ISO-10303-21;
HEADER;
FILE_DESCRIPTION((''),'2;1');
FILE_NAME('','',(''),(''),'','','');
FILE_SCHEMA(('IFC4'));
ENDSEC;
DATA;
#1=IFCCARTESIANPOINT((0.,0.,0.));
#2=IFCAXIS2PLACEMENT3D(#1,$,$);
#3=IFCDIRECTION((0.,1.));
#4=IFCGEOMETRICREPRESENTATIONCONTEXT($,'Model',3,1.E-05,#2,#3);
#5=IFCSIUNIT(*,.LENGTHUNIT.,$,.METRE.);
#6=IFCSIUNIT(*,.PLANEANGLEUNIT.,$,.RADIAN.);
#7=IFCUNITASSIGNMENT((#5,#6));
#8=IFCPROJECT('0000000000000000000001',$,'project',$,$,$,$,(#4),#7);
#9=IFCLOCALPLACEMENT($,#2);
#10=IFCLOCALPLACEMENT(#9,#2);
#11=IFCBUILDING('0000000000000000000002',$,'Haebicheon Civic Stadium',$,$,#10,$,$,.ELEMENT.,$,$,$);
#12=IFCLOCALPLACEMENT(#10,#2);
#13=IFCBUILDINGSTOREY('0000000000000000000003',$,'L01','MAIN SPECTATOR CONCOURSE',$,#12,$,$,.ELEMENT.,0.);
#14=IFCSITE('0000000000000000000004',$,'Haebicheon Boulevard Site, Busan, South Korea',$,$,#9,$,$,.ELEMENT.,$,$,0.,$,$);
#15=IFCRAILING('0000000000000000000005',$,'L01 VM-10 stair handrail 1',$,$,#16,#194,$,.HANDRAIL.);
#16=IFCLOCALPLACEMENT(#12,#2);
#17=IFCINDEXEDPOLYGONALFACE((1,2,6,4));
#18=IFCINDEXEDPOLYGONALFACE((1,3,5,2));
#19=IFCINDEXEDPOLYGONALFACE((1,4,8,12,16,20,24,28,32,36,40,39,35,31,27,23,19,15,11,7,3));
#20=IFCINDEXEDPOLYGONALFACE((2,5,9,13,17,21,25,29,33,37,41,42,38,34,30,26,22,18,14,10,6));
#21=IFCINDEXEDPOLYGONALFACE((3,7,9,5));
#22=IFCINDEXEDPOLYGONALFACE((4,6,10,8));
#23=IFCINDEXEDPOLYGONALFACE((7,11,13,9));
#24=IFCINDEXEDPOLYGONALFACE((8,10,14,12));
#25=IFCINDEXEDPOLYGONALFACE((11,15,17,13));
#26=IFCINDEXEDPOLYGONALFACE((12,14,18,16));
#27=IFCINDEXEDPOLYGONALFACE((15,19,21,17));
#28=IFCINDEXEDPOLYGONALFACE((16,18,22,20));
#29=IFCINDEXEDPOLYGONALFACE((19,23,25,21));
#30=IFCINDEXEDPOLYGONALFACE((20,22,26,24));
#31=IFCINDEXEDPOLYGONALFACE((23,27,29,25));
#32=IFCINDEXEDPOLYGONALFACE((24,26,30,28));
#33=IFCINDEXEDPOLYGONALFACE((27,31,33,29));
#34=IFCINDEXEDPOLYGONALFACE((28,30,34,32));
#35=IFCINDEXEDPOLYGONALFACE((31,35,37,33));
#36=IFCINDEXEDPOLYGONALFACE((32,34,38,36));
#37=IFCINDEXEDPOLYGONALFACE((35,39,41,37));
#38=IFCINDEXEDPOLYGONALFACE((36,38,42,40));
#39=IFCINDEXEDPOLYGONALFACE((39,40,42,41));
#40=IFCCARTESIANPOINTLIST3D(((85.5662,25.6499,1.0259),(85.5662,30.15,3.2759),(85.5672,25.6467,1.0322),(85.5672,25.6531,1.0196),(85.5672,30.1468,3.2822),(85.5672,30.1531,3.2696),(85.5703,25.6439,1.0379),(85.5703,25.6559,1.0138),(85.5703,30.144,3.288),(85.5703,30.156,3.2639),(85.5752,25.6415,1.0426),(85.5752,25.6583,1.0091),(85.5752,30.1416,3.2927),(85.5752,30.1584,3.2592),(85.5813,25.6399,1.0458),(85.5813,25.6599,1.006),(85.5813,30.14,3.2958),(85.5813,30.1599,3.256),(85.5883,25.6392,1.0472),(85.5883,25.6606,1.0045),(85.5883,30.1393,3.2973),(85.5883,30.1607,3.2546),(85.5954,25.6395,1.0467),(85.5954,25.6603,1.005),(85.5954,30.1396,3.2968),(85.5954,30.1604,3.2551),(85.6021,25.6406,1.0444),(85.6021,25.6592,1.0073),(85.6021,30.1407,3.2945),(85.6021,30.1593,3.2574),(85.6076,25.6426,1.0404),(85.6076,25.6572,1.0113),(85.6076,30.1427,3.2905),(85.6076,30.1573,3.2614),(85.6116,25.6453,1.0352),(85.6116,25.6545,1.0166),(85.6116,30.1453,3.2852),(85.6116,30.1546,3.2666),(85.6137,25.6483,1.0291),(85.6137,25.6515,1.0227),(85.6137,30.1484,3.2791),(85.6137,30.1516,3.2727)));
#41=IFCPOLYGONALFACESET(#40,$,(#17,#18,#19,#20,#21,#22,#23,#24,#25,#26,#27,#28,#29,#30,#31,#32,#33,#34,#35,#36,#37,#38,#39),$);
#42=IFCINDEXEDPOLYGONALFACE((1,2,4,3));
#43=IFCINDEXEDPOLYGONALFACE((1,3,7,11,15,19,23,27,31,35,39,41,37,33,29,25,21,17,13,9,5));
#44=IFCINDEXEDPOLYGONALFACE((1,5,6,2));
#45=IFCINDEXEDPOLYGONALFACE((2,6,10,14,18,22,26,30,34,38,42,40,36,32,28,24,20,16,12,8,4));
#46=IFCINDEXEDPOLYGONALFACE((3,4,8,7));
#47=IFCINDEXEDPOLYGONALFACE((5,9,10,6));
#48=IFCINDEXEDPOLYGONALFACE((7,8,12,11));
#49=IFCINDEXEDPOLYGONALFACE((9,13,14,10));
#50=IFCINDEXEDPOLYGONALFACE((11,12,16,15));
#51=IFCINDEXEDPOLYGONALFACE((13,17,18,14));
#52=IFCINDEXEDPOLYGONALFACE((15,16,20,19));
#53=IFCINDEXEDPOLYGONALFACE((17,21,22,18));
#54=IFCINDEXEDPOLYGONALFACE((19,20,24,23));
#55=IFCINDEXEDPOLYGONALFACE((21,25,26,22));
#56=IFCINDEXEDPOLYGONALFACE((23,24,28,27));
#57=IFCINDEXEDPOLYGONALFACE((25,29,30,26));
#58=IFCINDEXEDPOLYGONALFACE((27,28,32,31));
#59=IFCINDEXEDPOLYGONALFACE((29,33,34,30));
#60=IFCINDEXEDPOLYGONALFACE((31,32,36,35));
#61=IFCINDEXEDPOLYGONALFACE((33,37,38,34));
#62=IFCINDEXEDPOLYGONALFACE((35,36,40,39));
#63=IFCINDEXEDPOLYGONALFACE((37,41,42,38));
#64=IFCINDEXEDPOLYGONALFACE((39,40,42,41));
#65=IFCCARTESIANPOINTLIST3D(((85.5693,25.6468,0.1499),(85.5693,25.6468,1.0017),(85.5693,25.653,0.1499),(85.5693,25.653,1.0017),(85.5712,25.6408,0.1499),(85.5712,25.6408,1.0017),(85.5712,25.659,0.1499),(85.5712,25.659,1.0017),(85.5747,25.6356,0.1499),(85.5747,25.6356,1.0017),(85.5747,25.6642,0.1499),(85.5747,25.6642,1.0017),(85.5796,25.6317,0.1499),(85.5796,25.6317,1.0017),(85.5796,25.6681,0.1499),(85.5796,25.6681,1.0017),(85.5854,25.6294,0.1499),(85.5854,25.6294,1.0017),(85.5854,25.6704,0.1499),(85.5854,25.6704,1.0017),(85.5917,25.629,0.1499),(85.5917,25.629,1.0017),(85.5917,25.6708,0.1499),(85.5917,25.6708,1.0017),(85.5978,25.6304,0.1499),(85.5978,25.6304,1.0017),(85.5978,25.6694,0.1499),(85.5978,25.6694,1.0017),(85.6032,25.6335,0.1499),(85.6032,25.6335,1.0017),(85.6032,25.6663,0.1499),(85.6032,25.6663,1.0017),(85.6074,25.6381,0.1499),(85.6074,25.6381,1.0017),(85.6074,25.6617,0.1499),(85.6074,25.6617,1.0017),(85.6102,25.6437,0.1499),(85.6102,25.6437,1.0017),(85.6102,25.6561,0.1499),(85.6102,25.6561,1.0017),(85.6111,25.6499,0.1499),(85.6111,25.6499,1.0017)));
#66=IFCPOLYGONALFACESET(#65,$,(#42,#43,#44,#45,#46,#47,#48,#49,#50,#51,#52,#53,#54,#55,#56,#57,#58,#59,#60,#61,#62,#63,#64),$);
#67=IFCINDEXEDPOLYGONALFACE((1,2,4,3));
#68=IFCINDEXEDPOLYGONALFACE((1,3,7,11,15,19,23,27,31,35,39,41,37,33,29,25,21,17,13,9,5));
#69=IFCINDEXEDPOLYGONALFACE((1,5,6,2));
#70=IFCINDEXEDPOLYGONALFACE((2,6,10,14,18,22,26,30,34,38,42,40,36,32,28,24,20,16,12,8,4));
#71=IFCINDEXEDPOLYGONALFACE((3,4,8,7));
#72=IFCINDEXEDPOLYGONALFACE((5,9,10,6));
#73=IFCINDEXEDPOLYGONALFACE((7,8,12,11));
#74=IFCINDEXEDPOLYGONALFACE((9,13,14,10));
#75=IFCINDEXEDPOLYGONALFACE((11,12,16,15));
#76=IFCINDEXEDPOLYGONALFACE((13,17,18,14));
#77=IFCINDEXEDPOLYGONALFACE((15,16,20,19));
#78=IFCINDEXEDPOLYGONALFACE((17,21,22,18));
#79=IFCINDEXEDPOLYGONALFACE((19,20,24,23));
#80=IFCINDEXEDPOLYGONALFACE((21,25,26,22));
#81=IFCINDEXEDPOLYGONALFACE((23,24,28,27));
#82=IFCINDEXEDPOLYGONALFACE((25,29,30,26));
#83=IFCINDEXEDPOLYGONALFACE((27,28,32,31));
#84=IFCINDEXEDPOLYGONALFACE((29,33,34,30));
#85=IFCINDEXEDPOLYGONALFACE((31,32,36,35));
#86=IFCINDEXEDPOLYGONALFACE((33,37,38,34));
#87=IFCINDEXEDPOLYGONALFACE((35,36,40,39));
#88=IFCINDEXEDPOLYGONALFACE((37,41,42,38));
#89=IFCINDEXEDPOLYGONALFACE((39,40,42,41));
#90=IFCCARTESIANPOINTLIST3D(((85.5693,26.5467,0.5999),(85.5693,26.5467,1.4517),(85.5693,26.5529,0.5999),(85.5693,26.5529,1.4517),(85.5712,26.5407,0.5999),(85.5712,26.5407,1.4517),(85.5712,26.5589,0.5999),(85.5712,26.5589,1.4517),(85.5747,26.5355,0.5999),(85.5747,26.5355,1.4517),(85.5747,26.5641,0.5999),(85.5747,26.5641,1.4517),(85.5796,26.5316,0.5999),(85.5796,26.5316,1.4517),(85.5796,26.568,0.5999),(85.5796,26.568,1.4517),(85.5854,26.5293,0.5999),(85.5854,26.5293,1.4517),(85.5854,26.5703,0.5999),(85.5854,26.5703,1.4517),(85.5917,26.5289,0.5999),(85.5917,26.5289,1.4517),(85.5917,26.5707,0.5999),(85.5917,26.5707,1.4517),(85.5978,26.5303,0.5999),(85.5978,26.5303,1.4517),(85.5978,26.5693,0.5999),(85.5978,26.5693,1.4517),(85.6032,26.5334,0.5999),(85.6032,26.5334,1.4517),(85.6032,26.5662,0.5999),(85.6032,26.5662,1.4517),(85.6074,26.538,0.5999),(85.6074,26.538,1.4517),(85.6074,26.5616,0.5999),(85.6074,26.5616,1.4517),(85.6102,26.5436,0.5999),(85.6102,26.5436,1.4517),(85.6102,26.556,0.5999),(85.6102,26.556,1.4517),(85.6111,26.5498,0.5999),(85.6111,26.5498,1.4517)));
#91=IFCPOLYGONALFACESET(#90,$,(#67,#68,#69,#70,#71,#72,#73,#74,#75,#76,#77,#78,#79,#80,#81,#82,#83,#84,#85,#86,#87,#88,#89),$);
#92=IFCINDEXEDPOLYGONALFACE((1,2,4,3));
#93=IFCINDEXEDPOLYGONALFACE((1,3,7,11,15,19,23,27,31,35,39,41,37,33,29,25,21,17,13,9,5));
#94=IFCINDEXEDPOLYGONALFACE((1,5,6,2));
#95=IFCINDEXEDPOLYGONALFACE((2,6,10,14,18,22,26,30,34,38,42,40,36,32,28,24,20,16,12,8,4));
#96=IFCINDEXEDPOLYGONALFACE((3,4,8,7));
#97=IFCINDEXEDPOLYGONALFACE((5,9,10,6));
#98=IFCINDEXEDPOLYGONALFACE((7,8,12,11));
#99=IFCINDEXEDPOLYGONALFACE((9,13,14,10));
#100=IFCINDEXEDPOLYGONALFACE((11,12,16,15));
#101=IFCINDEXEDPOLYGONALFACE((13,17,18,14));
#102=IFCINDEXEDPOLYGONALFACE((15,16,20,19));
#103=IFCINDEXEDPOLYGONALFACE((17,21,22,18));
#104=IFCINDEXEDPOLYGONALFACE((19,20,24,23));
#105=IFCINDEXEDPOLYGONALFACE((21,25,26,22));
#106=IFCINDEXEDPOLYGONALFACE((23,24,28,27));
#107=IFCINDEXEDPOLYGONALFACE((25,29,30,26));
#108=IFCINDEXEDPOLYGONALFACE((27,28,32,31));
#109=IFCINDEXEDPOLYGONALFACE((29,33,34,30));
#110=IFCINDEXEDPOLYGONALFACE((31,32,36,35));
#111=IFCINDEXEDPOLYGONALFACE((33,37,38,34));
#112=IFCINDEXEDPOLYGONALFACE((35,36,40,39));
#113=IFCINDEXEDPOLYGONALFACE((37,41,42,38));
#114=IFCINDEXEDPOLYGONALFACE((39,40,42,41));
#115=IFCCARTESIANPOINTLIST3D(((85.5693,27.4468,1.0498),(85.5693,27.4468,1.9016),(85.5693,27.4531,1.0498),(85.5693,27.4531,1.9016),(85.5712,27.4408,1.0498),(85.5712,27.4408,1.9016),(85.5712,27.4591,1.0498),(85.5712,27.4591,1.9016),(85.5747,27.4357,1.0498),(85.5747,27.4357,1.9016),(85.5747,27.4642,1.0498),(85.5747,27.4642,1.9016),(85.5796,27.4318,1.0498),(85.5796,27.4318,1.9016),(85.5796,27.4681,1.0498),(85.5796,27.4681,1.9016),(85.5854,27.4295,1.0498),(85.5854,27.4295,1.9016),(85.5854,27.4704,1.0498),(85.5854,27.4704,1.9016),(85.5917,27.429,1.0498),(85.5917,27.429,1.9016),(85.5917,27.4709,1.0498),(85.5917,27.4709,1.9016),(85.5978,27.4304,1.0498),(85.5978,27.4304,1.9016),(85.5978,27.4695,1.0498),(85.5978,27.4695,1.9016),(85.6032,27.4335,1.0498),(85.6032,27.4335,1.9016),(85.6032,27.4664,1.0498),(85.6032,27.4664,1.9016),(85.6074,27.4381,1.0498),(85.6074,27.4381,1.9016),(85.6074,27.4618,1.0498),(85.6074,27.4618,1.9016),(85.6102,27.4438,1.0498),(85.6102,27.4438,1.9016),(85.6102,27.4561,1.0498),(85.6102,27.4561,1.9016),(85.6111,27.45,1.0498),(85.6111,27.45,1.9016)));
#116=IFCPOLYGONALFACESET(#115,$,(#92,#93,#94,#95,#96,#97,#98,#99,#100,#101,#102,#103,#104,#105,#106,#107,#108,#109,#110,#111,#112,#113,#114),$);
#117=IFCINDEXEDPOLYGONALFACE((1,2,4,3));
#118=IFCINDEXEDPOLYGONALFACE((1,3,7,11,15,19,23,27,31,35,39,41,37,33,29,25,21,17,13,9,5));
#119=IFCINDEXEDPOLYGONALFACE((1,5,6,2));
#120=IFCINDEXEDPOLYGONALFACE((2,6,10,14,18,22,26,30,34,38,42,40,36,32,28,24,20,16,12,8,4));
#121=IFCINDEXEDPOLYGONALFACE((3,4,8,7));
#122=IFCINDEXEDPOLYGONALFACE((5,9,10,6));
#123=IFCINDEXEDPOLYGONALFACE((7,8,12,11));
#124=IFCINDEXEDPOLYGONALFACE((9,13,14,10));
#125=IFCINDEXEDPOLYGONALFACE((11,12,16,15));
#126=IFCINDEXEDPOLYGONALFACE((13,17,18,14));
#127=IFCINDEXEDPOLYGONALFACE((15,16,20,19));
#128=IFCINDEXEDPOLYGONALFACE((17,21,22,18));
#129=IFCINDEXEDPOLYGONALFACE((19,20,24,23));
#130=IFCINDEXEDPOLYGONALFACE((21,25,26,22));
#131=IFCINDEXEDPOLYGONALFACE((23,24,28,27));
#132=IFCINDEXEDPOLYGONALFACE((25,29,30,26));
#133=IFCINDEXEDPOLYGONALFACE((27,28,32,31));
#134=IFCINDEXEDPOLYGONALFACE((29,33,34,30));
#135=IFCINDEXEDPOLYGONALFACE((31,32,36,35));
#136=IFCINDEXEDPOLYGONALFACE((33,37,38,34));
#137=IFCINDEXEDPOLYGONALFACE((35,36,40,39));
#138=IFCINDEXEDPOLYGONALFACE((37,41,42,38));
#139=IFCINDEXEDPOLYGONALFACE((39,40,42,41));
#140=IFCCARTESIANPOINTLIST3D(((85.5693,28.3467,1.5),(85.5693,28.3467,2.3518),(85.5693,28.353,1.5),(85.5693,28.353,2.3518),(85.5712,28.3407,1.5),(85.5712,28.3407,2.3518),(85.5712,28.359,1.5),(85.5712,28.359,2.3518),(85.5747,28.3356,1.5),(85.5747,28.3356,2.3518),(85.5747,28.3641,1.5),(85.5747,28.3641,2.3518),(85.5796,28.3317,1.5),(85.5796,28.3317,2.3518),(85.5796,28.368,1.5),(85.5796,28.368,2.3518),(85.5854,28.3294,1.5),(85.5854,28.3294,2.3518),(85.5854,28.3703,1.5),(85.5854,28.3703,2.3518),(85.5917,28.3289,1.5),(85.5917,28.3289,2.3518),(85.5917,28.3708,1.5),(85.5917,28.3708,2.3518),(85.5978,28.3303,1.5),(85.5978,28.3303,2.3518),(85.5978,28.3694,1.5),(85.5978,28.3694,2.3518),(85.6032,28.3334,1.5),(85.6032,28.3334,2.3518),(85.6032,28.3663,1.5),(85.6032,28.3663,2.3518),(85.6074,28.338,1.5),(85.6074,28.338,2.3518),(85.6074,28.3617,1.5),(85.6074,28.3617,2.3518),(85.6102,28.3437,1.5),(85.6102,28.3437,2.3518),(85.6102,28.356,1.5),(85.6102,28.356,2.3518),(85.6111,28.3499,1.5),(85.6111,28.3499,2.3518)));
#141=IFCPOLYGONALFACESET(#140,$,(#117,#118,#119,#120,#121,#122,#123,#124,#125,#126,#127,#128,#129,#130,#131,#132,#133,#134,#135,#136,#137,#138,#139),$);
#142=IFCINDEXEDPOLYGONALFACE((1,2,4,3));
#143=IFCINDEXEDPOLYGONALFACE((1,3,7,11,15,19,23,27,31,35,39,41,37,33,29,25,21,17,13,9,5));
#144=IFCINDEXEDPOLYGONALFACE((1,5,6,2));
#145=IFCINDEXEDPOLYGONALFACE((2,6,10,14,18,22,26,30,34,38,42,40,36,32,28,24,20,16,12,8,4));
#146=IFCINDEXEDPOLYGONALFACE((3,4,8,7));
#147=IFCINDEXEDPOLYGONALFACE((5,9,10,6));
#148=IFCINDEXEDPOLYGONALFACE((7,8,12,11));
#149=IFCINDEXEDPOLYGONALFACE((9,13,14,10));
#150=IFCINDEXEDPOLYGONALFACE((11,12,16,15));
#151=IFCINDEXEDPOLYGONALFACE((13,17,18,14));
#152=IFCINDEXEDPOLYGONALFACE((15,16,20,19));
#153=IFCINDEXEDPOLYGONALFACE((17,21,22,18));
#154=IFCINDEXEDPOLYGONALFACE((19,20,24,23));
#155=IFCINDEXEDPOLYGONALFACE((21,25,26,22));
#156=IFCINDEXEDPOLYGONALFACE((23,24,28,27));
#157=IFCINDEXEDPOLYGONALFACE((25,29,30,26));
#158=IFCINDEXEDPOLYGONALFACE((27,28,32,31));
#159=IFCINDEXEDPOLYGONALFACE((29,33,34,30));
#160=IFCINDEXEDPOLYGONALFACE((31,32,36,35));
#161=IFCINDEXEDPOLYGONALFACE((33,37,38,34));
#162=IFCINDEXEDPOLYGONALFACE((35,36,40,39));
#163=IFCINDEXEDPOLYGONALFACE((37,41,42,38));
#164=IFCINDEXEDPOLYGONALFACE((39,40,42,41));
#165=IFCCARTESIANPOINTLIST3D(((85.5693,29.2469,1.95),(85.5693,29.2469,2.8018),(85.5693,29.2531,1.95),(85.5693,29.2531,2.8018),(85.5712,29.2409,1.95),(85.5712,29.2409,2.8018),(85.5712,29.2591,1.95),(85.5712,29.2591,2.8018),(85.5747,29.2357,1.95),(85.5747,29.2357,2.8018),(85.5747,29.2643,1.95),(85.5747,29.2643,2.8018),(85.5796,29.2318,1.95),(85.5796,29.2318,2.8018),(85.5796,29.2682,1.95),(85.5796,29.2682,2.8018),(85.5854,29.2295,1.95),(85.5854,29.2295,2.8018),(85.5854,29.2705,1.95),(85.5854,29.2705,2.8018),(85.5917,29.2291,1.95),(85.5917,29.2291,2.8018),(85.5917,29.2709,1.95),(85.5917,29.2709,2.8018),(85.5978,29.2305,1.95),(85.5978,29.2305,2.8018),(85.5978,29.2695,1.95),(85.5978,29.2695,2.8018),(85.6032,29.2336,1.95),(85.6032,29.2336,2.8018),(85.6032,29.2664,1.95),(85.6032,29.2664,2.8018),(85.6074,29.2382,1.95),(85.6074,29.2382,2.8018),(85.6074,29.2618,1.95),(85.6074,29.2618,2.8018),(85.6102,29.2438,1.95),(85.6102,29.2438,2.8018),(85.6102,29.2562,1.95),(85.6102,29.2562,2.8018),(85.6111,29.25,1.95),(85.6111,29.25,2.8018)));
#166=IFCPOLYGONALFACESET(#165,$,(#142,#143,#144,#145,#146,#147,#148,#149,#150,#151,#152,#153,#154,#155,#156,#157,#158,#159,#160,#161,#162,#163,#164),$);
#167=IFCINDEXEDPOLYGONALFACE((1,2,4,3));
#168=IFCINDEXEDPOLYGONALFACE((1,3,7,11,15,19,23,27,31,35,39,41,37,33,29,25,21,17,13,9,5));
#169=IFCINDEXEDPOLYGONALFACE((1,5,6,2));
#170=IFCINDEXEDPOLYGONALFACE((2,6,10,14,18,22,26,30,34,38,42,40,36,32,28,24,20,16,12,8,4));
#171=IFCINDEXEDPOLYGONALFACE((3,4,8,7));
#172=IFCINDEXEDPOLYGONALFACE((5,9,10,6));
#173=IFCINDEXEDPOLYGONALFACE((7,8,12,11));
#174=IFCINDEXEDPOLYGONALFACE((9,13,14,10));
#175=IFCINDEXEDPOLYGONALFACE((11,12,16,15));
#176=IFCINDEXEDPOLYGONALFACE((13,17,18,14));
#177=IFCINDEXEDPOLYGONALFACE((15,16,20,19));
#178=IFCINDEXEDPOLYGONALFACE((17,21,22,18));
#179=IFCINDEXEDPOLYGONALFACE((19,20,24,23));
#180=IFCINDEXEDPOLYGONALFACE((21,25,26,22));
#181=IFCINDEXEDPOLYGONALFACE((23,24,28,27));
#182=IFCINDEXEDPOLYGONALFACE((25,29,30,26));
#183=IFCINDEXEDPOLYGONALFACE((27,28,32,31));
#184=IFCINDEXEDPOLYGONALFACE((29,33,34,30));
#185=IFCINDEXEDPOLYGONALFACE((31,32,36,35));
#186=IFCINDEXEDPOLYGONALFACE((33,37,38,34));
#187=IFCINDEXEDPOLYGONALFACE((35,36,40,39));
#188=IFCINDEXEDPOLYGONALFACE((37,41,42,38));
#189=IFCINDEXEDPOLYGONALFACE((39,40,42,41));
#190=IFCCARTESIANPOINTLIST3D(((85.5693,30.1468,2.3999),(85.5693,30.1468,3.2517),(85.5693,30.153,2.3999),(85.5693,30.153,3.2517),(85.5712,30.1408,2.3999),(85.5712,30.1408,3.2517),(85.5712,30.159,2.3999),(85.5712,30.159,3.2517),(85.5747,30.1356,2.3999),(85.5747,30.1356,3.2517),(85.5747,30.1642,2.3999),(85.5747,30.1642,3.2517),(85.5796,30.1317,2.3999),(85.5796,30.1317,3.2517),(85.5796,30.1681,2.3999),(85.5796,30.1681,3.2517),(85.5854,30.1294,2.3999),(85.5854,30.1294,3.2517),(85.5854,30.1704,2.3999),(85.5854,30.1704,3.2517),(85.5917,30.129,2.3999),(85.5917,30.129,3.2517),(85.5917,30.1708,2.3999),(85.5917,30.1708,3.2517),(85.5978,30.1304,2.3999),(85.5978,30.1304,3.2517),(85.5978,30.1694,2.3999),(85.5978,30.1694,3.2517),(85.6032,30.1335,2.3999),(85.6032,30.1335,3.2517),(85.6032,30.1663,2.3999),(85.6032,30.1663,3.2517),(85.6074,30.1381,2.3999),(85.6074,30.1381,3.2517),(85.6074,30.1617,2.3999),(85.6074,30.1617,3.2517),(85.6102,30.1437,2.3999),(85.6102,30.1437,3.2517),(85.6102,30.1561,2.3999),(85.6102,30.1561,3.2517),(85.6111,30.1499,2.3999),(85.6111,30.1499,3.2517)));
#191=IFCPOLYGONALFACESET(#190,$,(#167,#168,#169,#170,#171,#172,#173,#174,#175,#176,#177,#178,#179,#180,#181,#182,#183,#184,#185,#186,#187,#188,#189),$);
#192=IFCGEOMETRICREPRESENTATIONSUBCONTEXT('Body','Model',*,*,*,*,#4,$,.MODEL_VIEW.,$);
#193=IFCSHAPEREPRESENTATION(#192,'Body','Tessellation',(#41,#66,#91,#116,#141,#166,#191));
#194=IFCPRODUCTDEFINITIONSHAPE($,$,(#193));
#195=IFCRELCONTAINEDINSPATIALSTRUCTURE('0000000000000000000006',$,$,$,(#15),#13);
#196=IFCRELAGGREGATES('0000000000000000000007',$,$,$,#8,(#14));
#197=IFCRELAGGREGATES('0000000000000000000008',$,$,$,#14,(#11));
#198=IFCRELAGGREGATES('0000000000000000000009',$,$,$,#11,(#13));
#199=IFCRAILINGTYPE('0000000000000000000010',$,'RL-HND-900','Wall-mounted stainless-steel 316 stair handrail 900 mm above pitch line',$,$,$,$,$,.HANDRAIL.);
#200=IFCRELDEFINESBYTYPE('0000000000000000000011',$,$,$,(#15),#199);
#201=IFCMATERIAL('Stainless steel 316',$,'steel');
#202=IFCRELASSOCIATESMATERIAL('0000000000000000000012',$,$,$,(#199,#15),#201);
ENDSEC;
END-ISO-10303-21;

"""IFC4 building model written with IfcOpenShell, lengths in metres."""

from ifc_helpers import new_model, si_unit, direction, frame, origin, origin_2d, place, context, subcontext, project, spatial, circle, extrude, material, type_object, element, save


model = new_model("IFC4")

# Units and contexts
model_context = context("Model", 3, precision=1e-05, world=origin(), true_north=direction((0.0, 1.0)))
body_context = subcontext(model_context, "Body", "Model", "MODEL_VIEW")
ifc_project = project(units=[si_unit("LENGTHUNIT", "METRE"), si_unit("PLANEANGLEUNIT", "RADIAN")], contexts=[model_context])

# Site, building, storey
site_placement = place(None, origin())
site = spatial("IfcSite", under=ifc_project, at=site_placement, Name="Haebicheon Boulevard Site, Busan, South Korea", CompositionType="ELEMENT", RefElevation=0.0)
building_placement = place(site_placement, origin())
building = spatial("IfcBuilding", under=site, at=building_placement, Name="Haebicheon Civic Stadium", CompositionType="ELEMENT")
storey_placement = place(building_placement, origin())
storey = spatial("IfcBuildingStorey", under=building, at=storey_placement, Name="L01", Description="MAIN SPECTATOR CONCOURSE", CompositionType="ELEMENT", Elevation=0.0)

# Railing
ifc_material_1 = material(Name="Stainless steel 316", Category="steel")
railing_type_1 = type_object("IfcRailingType", Name="RL-HND-900", Description="Wall-mounted stainless-steel 316 stair handrail 900 mm above pitch line", PredefinedType="HANDRAIL", material=ifc_material_1)
railing_1_placement = place(storey_placement, frame((85.5901, 25.6499, 0.1499)))
element("IfcRailing", 1, at=railing_1_placement, inside=storey, type_object=railing_type_1, material=ifc_material_1, Name="L01 VM-10 stair handrail 1", PredefinedType="HANDRAIL", context=body_context, shape_type="SweptSolid", body=[
    extrude(circle(Radius=0.0239, at=origin_2d()), frame((0.0, 0.0, 0.876), z_axis=(0.0, 0.894427, 0.447214), x_axis=(-1.0, 0.0, 0.0)), (0.0, 0.0, 1.0), 5.0312),
    extrude(circle(Radius=0.021, at=origin_2d()), origin(), (0.0, 0.0, 1.0), 0.8518),
    extrude(circle(Radius=0.021, at=origin_2d()), frame((0.0, 0.8999, 0.45)), (0.0, 0.0, 1.0), 0.8518),
    extrude(circle(Radius=0.021, at=origin_2d()), frame((0.0, 1.8, 0.8999)), (0.0, 0.0, 1.0), 0.8518),
    extrude(circle(Radius=0.021, at=origin_2d()), frame((0.0, 2.7, 1.3501)), (0.0, 0.0, 1.0), 0.8518),
    extrude(circle(Radius=0.021, at=origin_2d()), frame((0.0, 3.6001, 1.8)), (0.0, 0.0, 1.0), 0.8518),
    extrude(circle(Radius=0.021, at=origin_2d()), frame((0.0, 4.5, 2.25)), (0.0, 0.0, 1.0), 0.8518),
])

save(model, "model.ifc")
